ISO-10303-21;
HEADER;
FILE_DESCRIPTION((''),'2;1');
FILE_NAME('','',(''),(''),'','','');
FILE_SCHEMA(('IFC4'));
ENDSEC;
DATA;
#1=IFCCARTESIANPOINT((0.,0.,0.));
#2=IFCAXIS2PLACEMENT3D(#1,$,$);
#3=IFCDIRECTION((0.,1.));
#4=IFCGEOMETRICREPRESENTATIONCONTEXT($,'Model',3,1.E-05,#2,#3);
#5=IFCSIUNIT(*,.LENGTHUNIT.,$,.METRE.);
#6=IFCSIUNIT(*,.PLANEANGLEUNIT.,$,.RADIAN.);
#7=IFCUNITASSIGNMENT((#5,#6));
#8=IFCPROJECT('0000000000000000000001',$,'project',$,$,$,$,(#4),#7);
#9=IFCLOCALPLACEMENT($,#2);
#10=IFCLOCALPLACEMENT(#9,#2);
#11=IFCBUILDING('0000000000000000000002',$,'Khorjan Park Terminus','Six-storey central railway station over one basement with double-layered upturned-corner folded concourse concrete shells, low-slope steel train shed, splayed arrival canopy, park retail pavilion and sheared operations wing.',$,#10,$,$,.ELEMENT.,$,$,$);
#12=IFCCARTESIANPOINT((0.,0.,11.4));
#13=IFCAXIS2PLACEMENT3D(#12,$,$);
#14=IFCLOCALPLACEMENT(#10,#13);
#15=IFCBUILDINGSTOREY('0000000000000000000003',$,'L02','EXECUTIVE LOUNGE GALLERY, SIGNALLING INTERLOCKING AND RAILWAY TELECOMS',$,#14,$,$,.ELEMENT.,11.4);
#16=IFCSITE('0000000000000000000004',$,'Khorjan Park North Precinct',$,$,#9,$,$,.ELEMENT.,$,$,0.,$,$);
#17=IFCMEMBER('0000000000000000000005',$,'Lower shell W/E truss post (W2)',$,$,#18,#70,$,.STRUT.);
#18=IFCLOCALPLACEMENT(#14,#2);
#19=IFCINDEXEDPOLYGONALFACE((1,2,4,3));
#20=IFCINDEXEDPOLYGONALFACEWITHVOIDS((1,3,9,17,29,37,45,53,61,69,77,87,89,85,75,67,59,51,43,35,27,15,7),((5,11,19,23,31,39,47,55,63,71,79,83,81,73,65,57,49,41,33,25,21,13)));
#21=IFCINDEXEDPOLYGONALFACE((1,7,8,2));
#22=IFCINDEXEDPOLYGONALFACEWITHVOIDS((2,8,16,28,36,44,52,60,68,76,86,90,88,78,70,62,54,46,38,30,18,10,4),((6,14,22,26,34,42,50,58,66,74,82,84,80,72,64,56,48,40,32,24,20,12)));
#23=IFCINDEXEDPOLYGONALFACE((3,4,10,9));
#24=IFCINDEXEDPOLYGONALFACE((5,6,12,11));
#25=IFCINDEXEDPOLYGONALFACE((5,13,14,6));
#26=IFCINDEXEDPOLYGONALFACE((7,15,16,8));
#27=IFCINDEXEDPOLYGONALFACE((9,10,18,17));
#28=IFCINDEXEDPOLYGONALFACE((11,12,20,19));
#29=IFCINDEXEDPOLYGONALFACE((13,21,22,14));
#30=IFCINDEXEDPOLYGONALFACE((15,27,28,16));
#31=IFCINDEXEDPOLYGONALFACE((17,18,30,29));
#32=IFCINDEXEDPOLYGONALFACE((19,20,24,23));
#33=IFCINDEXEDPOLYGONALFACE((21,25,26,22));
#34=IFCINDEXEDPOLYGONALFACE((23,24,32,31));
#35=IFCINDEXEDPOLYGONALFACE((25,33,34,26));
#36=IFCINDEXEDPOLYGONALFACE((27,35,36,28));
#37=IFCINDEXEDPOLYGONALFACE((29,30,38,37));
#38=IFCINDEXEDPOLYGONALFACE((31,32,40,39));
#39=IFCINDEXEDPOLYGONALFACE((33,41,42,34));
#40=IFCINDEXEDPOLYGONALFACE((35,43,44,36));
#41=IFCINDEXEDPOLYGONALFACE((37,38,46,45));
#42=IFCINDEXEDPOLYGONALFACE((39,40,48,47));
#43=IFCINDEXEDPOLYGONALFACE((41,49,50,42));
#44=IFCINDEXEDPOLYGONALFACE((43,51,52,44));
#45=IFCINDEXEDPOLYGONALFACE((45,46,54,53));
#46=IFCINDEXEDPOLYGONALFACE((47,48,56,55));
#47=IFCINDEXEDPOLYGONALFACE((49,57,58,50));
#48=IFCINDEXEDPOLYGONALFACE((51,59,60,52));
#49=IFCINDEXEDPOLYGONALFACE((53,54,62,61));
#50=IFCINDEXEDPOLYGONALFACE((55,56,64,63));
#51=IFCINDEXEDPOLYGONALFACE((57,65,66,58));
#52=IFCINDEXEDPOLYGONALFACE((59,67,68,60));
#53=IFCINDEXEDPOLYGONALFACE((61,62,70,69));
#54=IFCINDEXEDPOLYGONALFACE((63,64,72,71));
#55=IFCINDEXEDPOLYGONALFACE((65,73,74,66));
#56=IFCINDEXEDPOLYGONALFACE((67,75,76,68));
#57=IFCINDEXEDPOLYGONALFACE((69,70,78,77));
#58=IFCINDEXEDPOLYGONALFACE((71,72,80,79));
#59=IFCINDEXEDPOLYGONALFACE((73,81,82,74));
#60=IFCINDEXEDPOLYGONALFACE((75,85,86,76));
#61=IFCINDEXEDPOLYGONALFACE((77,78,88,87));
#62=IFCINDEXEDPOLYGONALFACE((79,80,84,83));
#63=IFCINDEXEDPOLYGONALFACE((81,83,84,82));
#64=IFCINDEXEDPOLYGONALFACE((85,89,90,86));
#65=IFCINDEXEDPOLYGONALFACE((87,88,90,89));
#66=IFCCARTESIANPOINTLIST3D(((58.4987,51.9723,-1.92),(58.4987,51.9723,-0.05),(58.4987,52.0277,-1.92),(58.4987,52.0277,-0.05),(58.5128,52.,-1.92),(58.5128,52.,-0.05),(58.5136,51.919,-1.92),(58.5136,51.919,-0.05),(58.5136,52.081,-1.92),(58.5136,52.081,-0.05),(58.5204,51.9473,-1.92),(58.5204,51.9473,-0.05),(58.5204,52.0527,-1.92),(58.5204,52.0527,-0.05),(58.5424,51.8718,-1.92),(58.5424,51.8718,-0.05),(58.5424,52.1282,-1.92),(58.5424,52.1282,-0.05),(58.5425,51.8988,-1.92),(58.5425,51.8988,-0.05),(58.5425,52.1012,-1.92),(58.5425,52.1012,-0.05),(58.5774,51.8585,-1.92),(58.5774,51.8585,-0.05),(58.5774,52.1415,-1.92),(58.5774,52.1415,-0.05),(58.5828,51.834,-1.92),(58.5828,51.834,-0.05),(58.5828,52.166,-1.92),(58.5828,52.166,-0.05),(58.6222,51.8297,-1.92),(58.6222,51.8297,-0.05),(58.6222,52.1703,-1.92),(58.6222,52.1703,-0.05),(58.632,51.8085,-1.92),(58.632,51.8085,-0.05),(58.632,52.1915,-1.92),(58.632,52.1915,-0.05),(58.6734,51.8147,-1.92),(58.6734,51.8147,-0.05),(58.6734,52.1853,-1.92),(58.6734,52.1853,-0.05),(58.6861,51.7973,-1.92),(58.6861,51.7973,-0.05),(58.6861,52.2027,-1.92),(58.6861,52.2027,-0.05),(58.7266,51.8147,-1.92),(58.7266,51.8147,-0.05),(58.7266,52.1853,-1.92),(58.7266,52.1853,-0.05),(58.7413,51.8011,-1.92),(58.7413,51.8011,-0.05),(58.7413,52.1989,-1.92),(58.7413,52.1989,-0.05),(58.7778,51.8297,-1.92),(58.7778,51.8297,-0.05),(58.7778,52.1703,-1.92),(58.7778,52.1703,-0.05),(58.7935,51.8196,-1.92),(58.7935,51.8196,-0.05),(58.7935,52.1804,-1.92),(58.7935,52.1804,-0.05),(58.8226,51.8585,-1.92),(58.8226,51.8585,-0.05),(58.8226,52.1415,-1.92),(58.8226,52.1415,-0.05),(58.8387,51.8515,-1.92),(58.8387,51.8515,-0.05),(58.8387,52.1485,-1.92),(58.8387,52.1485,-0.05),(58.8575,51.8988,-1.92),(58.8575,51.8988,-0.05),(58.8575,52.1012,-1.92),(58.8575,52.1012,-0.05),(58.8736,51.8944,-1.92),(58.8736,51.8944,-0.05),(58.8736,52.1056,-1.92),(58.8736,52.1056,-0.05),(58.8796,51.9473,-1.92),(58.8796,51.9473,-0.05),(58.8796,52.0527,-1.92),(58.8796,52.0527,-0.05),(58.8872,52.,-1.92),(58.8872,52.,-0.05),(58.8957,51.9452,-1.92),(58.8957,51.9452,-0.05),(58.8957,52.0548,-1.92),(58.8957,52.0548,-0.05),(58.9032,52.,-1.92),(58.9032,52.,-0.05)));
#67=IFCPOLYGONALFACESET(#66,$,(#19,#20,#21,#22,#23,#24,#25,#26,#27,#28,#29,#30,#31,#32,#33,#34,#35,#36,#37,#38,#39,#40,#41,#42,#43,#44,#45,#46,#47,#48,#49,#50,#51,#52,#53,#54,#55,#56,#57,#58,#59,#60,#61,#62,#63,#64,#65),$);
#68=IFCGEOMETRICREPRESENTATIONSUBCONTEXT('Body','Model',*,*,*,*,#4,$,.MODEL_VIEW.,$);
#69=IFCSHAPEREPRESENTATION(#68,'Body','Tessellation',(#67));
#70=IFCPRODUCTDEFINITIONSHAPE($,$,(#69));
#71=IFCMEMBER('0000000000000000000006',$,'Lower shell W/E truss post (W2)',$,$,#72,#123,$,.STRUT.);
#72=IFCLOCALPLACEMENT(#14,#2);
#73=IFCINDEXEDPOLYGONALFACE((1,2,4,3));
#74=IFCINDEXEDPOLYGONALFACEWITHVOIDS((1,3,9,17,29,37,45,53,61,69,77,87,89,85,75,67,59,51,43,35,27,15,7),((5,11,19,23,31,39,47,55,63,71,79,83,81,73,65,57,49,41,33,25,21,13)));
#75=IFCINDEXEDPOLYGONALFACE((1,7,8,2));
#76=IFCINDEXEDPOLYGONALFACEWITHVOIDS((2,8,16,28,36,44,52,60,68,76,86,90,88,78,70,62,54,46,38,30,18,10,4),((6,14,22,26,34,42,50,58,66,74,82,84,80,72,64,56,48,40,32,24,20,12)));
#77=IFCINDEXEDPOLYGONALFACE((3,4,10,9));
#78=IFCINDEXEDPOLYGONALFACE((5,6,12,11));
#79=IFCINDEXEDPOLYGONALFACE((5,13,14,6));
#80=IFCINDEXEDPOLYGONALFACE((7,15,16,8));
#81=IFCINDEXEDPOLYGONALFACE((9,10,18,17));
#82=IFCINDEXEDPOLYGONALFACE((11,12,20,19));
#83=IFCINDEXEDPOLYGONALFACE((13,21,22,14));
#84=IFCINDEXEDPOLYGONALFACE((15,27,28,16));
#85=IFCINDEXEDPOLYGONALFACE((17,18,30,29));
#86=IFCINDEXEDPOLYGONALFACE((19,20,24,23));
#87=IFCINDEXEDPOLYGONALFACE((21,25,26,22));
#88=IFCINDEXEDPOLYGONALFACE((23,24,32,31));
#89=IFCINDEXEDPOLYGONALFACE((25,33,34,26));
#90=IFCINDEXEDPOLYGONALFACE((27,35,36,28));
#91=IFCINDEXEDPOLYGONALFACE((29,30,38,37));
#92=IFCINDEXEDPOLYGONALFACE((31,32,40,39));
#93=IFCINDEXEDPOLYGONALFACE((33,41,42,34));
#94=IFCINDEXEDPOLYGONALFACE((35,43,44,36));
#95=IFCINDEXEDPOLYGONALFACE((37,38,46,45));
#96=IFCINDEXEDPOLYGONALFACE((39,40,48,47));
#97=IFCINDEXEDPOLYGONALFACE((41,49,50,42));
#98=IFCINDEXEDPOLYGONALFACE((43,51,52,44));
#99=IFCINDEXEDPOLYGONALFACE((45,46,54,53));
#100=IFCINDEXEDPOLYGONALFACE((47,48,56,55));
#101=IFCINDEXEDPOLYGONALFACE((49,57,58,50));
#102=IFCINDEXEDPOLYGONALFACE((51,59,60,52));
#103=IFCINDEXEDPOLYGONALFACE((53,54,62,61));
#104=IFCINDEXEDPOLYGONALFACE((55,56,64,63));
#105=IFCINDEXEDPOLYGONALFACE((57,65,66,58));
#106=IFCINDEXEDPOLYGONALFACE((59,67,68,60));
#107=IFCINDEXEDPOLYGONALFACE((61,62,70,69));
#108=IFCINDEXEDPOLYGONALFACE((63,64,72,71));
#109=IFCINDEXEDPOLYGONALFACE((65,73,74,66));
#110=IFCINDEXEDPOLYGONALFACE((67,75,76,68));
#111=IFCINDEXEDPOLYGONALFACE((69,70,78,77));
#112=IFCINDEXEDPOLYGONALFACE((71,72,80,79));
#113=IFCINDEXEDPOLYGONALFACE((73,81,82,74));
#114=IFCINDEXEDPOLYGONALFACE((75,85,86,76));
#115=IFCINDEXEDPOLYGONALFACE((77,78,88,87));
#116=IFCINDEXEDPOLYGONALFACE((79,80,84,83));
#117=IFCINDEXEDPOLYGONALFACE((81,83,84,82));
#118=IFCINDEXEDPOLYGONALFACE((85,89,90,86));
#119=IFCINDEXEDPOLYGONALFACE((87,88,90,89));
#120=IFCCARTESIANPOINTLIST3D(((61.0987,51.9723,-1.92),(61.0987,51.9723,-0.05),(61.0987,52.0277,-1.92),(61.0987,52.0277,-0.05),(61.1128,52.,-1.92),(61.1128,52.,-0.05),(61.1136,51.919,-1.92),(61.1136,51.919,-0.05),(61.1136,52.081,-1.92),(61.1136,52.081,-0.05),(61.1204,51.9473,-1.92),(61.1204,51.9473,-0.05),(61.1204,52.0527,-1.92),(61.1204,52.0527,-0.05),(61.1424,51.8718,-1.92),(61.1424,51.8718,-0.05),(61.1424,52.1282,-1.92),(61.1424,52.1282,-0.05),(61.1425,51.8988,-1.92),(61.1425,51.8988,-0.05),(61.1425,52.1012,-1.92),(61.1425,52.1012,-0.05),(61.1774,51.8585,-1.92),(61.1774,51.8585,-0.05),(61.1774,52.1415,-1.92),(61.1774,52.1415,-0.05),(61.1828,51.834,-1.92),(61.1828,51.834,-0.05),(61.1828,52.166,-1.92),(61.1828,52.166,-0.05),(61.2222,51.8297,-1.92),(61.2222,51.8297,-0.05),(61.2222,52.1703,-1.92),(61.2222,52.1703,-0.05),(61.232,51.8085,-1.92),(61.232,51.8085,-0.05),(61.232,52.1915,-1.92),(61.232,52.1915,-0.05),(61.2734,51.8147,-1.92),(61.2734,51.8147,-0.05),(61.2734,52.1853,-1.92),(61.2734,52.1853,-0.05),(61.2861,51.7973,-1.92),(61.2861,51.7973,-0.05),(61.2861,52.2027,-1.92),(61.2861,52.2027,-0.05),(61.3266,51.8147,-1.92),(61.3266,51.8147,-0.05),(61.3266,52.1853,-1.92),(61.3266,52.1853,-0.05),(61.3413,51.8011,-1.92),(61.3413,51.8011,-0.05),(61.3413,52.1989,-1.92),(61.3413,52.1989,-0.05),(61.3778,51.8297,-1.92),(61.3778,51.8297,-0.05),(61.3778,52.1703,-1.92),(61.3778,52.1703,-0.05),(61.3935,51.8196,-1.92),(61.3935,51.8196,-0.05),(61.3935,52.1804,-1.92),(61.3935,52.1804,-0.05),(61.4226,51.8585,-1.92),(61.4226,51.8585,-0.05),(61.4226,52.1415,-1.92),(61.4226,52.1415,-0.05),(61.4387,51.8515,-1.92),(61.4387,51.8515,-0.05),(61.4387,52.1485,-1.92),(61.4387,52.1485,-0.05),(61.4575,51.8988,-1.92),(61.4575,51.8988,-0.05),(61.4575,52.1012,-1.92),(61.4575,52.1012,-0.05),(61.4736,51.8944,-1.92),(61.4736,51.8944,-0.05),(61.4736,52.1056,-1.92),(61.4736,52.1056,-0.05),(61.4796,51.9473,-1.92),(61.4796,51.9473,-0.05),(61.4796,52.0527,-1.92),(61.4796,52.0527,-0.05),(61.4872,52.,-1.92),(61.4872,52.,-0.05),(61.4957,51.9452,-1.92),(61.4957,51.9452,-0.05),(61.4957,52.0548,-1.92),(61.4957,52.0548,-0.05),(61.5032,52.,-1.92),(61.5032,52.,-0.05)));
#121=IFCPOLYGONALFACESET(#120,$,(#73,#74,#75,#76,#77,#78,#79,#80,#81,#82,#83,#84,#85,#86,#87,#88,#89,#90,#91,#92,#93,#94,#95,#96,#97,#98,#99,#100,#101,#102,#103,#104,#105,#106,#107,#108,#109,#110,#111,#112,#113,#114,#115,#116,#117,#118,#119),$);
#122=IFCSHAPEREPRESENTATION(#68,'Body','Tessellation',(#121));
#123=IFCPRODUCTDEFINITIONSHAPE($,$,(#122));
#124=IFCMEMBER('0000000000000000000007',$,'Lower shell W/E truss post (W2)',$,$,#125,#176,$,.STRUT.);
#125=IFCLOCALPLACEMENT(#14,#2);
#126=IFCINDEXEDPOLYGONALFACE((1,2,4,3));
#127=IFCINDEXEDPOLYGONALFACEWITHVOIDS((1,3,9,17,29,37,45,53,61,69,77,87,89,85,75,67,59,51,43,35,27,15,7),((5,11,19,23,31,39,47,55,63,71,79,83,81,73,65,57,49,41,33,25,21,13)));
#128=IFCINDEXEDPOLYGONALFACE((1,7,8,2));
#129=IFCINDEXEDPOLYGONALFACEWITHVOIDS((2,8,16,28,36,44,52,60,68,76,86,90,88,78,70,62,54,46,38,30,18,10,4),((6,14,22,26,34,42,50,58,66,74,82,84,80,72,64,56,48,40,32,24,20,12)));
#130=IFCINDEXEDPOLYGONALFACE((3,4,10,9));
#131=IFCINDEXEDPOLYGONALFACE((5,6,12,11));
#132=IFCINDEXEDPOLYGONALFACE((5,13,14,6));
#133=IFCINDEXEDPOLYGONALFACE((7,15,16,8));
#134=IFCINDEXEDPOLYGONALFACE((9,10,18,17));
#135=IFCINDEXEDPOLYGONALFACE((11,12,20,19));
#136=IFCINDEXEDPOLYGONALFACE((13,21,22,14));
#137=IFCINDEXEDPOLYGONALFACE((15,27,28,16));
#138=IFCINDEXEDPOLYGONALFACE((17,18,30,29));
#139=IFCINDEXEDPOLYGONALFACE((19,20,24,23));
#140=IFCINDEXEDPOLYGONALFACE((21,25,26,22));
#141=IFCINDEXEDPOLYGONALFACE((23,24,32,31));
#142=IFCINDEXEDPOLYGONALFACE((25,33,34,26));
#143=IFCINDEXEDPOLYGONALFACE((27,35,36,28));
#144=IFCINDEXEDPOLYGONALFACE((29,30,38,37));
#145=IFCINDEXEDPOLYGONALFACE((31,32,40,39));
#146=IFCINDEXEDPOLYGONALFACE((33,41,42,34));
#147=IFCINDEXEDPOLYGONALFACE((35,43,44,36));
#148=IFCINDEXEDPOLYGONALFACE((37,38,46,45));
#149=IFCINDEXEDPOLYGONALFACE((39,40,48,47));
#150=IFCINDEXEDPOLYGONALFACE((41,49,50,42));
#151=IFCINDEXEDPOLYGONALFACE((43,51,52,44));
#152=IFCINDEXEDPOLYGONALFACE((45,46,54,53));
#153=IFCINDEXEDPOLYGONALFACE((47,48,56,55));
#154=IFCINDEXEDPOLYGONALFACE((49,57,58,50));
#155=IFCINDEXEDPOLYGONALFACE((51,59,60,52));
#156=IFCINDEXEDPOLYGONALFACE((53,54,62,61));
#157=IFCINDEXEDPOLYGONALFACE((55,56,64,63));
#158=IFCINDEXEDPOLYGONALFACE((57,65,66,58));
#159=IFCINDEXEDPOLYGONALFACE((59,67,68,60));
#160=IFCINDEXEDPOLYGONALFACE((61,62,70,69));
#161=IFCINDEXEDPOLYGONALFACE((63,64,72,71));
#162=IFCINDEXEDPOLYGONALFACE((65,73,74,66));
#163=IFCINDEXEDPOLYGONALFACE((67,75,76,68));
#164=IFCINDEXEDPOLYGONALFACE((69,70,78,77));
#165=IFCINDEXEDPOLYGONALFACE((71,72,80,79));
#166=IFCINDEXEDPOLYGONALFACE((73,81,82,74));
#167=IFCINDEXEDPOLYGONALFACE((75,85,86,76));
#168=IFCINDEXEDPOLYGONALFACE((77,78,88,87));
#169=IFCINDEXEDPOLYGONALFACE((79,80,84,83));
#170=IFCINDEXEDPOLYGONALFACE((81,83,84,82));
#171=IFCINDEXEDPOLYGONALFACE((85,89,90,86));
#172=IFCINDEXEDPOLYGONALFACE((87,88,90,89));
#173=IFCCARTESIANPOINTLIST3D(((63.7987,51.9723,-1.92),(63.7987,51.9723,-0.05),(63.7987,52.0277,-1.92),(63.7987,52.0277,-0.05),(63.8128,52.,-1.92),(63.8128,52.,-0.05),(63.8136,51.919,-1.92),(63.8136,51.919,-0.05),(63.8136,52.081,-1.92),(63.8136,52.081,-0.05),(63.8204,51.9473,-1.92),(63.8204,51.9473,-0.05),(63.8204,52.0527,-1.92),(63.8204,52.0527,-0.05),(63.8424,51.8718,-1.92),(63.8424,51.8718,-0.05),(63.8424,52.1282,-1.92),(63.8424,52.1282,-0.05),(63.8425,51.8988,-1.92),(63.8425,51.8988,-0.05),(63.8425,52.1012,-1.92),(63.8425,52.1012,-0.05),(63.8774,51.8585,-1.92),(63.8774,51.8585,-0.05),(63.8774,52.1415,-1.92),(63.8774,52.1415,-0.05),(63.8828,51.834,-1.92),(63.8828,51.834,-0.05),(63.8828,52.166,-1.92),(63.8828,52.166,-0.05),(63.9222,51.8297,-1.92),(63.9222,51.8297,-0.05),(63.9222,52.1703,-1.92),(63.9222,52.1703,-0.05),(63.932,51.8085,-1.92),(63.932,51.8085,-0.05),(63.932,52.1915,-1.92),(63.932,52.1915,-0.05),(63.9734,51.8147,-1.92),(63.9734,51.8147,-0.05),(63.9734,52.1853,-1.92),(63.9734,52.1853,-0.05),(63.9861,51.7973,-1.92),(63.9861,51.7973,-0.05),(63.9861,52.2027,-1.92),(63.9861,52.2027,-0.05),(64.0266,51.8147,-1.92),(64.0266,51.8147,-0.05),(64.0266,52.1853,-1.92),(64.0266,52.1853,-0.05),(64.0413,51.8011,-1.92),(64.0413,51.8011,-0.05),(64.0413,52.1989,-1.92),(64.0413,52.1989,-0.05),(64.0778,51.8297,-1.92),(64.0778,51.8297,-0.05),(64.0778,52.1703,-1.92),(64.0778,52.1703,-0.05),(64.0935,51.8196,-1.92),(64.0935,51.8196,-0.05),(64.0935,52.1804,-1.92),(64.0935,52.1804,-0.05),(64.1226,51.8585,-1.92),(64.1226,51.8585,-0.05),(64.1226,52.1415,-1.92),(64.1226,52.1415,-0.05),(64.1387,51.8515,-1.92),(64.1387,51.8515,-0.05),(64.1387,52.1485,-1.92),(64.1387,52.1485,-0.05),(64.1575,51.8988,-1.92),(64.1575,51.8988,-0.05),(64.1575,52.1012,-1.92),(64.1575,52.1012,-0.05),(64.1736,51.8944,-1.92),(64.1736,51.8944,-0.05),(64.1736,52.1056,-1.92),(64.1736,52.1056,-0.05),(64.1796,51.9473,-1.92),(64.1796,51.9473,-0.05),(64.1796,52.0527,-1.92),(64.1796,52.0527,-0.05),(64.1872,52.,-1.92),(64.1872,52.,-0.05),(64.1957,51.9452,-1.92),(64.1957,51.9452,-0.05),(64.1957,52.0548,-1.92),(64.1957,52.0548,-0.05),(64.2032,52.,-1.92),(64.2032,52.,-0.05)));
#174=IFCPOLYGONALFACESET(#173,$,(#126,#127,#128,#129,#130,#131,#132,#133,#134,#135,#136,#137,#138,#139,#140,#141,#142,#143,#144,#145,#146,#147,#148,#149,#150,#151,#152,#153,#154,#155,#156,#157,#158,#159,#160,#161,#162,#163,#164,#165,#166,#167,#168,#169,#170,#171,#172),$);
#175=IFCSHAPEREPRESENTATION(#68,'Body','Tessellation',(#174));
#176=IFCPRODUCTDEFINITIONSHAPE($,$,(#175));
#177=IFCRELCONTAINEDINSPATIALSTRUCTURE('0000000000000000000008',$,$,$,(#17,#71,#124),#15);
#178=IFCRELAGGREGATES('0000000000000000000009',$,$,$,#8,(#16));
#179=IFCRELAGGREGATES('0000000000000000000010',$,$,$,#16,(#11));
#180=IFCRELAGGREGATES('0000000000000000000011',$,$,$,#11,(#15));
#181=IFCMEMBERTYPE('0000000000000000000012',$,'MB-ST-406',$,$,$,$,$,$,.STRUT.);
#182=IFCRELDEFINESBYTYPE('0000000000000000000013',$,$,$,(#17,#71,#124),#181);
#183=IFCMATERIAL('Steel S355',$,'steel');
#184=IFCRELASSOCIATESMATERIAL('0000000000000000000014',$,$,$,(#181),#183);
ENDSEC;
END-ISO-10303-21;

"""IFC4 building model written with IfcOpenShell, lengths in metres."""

from ifc_helpers import new_model, si_unit, direction, frame, origin, origin_2d, place, context, subcontext, project, spatial, hollow_circle, extrude, material, material_profile, profile_set, type_object, element, save


model = new_model("IFC4")

# Units and contexts
model_context = context("Model", 3, precision=1e-05, world=origin(), true_north=direction((0.0, 1.0)))
body_context = subcontext(model_context, "Body", "Model", "MODEL_VIEW")
ifc_project = project(units=[si_unit("LENGTHUNIT", "METRE"), si_unit("PLANEANGLEUNIT", "RADIAN")], contexts=[model_context])

# Site, building, storey
site_placement = place(None, origin())
site = spatial("IfcSite", under=ifc_project, at=site_placement, Name="Khorjan Park North Precinct", CompositionType="ELEMENT", RefElevation=0.0)
building_placement = place(site_placement, origin())
building = spatial("IfcBuilding", under=site, at=building_placement, Name="Khorjan Park Terminus", Description="Six-storey central railway station over one basement with double-layered upturned-corner folded concourse concrete shells, low-slope steel train shed, splayed arrival canopy, park retail pavilion and sheared operations wing.", CompositionType="ELEMENT")
storey_placement = place(building_placement, frame((0.0, 0.0, 11.4)))
storey = spatial("IfcBuildingStorey", under=building, at=storey_placement, Name="L02", Description="EXECUTIVE LOUNGE GALLERY, SIGNALLING INTERLOCKING AND RAILWAY TELECOMS", CompositionType="ELEMENT", Elevation=11.4)

# Shared definitions
ifc_material = material(Name="Steel S355", Category="steel")

# Members
ifc_material_profile_1 = material_profile(ifc_material, hollow_circle(Radius=0.2032, WallThickness=0.016, at=origin_2d()), Name="CHS 406.4x16")
ifc_profile_set_1 = profile_set([ifc_material_profile_1], Name="Steel S355")
member_type_1 = type_object("IfcMemberType", Name="MB-ST-406", PredefinedType="STRUT", material=ifc_profile_set_1)
for number, where, z_axis, x_axis, name in (
    (1, (58.7, 52.0, -1.92), (0.0, 0.0, 1.0), (1.0, 0.0, 0.0), "Lower shell W/E truss post (W2)"),
    (2, (61.3, 52.0, -1.92), (0.0, 0.0, 1.0), (1.0, 0.0, 0.0), "Lower shell W/E truss post (W2)"),
    (3, (64.0, 52.0, -1.92), (0.0, 0.0, 1.0), (1.0, 0.0, 0.0), "Lower shell W/E truss post (W2)"),
):
    element("IfcMember", number, at=place(storey_placement, frame(where, z_axis=z_axis, x_axis=x_axis)), inside=storey, type_object=member_type_1, Name=name, PredefinedType="STRUT", context=body_context, shape_type="SweptSolid", body=[
        extrude(hollow_circle(Radius=0.2032, WallThickness=0.016, at=origin_2d()), origin(), (0.0, 0.0, 1.0), 1.87),
    ])

save(model, "model.ifc")
